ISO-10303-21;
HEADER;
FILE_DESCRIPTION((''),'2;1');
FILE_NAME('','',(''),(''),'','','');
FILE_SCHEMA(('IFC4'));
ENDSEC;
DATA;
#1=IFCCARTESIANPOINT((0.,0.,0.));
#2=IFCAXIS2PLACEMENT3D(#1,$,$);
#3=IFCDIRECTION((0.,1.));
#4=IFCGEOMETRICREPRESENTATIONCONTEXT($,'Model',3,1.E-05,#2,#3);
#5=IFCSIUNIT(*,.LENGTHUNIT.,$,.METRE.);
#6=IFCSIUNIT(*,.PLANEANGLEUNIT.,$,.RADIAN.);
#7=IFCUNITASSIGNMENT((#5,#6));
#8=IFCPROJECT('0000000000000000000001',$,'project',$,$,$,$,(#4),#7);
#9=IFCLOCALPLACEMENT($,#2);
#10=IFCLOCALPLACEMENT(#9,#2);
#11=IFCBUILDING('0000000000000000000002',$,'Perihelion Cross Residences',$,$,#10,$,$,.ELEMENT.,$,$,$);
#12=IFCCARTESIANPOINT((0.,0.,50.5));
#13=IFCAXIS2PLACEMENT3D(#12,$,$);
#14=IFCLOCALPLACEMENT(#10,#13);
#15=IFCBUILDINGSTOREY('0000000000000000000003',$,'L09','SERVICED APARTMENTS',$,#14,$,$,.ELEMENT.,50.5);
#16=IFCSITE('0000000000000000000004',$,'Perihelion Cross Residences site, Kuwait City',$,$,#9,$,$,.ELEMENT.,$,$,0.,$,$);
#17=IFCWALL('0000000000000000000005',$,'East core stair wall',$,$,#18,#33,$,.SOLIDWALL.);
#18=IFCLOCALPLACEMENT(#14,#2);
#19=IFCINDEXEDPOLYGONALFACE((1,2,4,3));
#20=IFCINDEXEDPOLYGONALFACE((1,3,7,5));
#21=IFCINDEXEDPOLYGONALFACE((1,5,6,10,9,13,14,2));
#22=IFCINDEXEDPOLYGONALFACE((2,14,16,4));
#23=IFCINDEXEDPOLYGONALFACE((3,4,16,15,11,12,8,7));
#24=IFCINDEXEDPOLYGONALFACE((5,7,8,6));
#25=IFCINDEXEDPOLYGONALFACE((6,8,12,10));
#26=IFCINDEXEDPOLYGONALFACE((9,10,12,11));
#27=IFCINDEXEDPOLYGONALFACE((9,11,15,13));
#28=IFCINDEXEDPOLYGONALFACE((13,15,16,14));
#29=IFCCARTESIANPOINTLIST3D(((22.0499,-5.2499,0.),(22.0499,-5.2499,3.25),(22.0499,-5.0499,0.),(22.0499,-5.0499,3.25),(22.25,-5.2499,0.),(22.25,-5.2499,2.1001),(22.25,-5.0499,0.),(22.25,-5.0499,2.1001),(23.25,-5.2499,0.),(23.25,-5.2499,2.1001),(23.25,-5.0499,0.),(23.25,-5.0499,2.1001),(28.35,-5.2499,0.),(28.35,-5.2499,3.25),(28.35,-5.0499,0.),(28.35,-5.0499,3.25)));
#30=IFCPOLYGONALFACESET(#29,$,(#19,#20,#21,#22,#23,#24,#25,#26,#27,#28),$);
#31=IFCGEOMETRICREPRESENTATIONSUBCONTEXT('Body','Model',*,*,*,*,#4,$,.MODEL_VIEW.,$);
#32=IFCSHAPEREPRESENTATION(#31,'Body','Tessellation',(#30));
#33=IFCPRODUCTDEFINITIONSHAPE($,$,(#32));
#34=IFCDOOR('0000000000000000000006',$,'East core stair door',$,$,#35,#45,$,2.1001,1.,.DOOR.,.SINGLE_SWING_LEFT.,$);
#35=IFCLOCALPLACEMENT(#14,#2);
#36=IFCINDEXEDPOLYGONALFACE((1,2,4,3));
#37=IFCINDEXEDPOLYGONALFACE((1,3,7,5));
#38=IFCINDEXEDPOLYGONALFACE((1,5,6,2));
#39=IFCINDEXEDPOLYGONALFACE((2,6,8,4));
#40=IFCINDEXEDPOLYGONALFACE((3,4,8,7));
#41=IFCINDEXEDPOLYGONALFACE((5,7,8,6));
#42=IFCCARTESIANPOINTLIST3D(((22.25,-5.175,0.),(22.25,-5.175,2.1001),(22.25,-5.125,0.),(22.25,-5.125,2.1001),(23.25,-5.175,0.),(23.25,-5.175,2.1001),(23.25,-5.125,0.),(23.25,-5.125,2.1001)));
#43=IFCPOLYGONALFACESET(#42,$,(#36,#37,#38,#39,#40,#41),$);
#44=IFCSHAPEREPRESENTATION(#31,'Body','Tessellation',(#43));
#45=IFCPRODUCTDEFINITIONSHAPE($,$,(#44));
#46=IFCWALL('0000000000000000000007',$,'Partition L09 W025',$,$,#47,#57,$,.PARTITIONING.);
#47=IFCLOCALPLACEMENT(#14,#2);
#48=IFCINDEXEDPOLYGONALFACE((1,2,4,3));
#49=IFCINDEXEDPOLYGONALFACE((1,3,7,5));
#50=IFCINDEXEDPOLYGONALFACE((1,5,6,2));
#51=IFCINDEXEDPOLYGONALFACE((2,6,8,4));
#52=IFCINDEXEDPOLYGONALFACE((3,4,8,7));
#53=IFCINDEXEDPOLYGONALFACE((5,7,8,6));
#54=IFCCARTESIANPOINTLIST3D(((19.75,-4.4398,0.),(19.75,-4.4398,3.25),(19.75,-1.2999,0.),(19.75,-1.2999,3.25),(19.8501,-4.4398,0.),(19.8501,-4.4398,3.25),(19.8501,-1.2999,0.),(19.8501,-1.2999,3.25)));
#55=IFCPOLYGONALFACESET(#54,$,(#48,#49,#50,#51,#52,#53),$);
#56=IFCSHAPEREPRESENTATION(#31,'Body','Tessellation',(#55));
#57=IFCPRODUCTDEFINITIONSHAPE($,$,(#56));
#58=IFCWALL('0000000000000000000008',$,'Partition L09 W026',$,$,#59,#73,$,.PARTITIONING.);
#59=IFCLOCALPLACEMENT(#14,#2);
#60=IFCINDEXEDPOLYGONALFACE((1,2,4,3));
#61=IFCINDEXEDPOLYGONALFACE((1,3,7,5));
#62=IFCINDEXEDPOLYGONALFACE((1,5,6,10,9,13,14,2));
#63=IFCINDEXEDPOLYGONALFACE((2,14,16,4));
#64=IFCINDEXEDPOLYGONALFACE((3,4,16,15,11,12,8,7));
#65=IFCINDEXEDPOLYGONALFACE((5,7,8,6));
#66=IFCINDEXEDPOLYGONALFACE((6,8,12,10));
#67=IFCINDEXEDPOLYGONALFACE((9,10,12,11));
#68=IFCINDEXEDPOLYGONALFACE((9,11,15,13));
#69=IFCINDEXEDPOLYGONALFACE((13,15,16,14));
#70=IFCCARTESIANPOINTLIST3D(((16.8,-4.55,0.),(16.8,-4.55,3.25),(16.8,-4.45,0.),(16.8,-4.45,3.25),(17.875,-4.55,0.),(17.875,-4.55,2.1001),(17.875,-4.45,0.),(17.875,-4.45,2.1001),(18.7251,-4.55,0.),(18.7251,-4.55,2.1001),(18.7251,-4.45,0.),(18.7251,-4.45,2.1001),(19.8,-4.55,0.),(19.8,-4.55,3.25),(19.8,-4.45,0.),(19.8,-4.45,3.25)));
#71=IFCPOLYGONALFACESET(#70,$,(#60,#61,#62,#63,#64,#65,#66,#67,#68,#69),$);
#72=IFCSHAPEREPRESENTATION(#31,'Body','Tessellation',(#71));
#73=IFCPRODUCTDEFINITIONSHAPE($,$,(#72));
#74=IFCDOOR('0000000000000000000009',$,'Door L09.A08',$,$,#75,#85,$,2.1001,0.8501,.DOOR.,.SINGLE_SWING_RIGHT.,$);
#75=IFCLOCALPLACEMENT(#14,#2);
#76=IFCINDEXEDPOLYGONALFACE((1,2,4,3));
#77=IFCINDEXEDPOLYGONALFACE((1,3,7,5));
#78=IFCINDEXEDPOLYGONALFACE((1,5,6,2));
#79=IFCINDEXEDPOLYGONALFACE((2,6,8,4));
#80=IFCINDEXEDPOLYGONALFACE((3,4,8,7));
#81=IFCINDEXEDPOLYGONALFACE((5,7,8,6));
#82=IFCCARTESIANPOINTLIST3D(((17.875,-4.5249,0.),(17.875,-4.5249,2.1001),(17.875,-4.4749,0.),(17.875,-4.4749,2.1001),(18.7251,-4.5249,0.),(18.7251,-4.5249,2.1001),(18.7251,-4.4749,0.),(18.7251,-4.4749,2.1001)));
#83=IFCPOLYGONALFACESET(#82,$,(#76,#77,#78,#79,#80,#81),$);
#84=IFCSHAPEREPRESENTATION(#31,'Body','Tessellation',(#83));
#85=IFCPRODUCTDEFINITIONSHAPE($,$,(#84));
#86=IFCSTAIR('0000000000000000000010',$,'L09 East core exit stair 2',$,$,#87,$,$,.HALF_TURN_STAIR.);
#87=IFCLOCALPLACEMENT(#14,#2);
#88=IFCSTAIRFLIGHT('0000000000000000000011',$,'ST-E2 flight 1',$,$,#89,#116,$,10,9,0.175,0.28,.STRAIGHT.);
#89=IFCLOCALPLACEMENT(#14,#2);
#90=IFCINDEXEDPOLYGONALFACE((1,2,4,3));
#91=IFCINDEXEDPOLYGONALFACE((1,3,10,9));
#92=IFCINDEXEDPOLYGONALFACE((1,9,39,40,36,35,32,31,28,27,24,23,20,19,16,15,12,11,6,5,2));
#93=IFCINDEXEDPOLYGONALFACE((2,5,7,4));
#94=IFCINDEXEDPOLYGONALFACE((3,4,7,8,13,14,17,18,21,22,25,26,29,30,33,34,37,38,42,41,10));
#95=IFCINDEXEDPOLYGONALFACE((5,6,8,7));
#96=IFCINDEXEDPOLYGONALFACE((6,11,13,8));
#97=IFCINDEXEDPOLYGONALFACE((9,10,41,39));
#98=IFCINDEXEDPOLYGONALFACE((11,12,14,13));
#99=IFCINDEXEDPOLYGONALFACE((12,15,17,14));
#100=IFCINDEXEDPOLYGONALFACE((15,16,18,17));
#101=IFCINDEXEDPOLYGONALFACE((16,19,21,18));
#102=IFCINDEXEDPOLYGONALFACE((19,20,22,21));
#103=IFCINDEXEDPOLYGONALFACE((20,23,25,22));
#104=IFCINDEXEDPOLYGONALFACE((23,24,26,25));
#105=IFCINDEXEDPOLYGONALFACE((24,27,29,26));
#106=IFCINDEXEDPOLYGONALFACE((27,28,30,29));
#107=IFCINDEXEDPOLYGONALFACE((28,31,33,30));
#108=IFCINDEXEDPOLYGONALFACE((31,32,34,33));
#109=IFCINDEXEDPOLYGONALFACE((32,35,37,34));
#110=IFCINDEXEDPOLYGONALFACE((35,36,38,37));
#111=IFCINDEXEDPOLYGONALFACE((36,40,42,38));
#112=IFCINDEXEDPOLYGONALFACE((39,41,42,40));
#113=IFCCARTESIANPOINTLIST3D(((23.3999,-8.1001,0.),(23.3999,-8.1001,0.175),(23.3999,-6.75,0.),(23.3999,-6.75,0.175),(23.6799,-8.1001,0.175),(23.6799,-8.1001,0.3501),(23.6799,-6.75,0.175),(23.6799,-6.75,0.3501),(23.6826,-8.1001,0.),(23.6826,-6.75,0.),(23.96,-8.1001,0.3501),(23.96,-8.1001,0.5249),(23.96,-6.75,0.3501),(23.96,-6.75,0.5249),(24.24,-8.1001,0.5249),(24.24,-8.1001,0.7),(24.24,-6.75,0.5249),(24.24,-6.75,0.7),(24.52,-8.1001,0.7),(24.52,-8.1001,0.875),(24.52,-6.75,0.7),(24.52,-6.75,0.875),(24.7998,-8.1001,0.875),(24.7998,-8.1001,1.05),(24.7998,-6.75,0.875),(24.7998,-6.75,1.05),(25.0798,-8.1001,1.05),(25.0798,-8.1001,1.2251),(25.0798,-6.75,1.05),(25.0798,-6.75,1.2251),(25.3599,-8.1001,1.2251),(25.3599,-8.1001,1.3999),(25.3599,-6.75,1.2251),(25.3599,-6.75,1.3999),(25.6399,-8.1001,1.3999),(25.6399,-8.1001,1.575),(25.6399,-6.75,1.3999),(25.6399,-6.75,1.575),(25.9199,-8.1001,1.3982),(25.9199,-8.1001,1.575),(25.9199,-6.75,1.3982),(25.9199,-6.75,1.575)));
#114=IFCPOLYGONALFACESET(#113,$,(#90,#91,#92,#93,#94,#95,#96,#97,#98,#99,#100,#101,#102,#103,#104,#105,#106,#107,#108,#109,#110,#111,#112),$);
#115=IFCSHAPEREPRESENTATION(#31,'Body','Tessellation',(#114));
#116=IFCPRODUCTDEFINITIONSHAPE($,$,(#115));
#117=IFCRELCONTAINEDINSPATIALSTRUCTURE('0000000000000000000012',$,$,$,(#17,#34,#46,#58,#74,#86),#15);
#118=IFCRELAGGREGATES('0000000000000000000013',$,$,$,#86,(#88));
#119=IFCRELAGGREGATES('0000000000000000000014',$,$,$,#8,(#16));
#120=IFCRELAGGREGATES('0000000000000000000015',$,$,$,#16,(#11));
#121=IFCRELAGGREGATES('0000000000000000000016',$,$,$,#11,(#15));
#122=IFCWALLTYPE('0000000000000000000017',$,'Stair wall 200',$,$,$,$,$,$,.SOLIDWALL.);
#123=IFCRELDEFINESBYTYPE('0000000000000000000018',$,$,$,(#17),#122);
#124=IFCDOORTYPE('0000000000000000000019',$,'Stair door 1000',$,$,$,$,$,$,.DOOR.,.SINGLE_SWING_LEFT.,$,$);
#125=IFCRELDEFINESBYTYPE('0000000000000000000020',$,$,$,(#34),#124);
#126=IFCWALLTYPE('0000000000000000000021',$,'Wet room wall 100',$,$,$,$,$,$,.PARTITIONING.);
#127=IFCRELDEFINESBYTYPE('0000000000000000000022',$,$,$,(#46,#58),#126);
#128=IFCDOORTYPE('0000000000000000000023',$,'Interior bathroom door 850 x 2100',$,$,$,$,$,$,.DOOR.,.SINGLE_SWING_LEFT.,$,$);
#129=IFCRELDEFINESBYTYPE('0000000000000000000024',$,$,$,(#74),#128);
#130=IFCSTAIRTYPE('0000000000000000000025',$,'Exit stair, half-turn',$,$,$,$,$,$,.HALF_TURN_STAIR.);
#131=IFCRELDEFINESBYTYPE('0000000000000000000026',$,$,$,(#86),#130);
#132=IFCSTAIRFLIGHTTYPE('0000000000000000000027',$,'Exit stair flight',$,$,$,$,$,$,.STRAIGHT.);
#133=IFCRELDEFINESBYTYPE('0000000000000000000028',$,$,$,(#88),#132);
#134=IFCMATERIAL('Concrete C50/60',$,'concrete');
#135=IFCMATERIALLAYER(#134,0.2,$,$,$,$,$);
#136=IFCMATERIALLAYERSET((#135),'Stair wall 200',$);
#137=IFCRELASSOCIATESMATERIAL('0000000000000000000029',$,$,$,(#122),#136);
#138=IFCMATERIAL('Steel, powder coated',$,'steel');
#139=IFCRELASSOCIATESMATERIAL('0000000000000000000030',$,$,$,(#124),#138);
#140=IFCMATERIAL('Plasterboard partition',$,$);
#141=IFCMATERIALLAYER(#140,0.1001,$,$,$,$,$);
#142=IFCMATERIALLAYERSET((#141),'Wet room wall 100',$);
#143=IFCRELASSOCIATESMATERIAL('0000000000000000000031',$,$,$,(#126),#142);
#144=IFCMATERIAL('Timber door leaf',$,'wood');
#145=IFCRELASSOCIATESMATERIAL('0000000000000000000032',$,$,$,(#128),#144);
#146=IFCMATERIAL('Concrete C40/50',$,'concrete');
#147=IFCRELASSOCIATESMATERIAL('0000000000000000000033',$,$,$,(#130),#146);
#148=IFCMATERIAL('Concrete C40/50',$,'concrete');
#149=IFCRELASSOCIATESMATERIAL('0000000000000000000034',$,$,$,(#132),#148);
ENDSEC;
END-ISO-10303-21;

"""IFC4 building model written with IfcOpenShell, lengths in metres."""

from ifc_helpers import new_model, si_unit, direction, frame, frame_2d, origin, place, context, subcontext, project, spatial, polyline, rectangle, outline, extrude, material, layer, layer_set, type_object, element, fill, aggregate, save


model = new_model("IFC4")

# Units and contexts
model_context = context("Model", 3, precision=1e-05, world=origin(), true_north=direction((0.0, 1.0)))
body_context = subcontext(model_context, "Body", "Model", "MODEL_VIEW")
ifc_project = project(units=[si_unit("LENGTHUNIT", "METRE"), si_unit("PLANEANGLEUNIT", "RADIAN")], contexts=[model_context])

# Site, building, storey
site_placement = place(None, origin())
site = spatial("IfcSite", under=ifc_project, at=site_placement, Name="Perihelion Cross Residences site, Kuwait City", CompositionType="ELEMENT", RefElevation=0.0)
building_placement = place(site_placement, origin())
building = spatial("IfcBuilding", under=site, at=building_placement, Name="Perihelion Cross Residences", CompositionType="ELEMENT")
storey_placement = place(building_placement, frame((0.0, 0.0, 50.5)))
storey = spatial("IfcBuildingStorey", under=building, at=storey_placement, Name="L09", Description="SERVICED APARTMENTS", CompositionType="ELEMENT", Elevation=50.5)

# Wall, opening, door
ifc_material_1 = material(Name="Concrete C50/60", Category="concrete")
ifc_layer_1 = layer(ifc_material_1, 0.2)
ifc_layer_set_1 = layer_set([ifc_layer_1], Name="Stair wall 200")
wall_type_1 = type_object("IfcWallType", Name="Stair wall 200", PredefinedType="SOLIDWALL", material=ifc_layer_set_1)
wall_1_placement = place(storey_placement, frame((22.05, -5.1499, 0.0), z_axis=(0.0, 0.0, 1.0), x_axis=(1.0, 0.0, 0.0)))
wall_1 = element("IfcWall", 1, at=wall_1_placement, inside=storey, type_object=wall_type_1, Name="East core stair wall", PredefinedType="SOLIDWALL", context=body_context, shape_type="SweptSolid", body=[
    extrude(rectangle(XDim=6.3, YDim=0.2, at=frame_2d((3.1499, 0.0))), origin(), (0.0, 0.0, 1.0), 3.25),
])
opening_1_placement = place(wall_1_placement, frame((0.2, 0.0, 0.0)))
opening_1 = element("IfcOpeningElement", 2, at=opening_1_placement, cuts=wall_1, PredefinedType="OPENING", context=body_context, shape_type="SweptSolid", body=[
    extrude(rectangle(XDim=1.0, YDim=2.1001, at=frame_2d((0.5, 1.05))), frame((0.0, 0.1099, 0.0), z_axis=(0.0, -1.0, 0.0), x_axis=(1.0, 0.0, 0.0)), (0.0, 0.0, 1.0), 0.22),
])
ifc_material_2 = material(Name="Steel, powder coated", Category="steel")
door_type_1 = type_object("IfcDoorType", Name="Stair door 1000", OperationType="SINGLE_SWING_LEFT", PredefinedType="DOOR", material=ifc_material_2)
door_1_placement = place(opening_1_placement, origin())
door_1 = element("IfcDoor", 3, at=door_1_placement, inside=storey, type_object=door_type_1, Name="East core stair door", OperationType="SINGLE_SWING_LEFT", OverallHeight=2.1001, OverallWidth=1.0, PredefinedType="DOOR", context=body_context, shape_type="SweptSolid", body=[
    extrude(rectangle(XDim=1.0, YDim=2.1001, at=frame_2d((0.5, 1.05))), frame((0.0, 0.0249, 0.0), z_axis=(0.0, -1.0, 0.0), x_axis=(1.0, 0.0, 0.0)), (0.0, 0.0, 1.0), 0.05),
])
fill(opening_1, door_1)

# Wall
ifc_material_3 = material(Name="Plasterboard partition")
ifc_layer_2 = layer(ifc_material_3, 0.1001)
ifc_layer_set_2 = layer_set([ifc_layer_2], Name="Wet room wall 100")
wall_type_2 = type_object("IfcWallType", Name="Wet room wall 100", PredefinedType="PARTITIONING", material=ifc_layer_set_2)
wall_2_placement = place(storey_placement, frame((19.8, -1.3, 0.0), z_axis=(0.0, 0.0, 1.0), x_axis=(0.0, -1.0, 0.0)))
element("IfcWall", 4, at=wall_2_placement, inside=storey, type_object=wall_type_2, Name="Partition L09 W025", PredefinedType="PARTITIONING", context=body_context, shape_type="SweptSolid", body=[
    extrude(rectangle(XDim=3.1399, YDim=0.1001, at=frame_2d((1.5698, 0.0))), origin(), (0.0, 0.0, 1.0), 3.25),
])

# Wall, opening, door
wall_3_placement = place(storey_placement, frame((19.8, -4.5, 0.0), z_axis=(0.0, 0.0, 1.0), x_axis=(-1.0, 0.0, 0.0)))
wall_3 = element("IfcWall", 5, at=wall_3_placement, inside=storey, type_object=wall_type_2, Name="Partition L09 W026", PredefinedType="PARTITIONING", context=body_context, shape_type="SweptSolid", body=[
    extrude(rectangle(XDim=3.0, YDim=0.1001, at=frame_2d((1.5, 0.0))), origin(), (0.0, 0.0, 1.0), 3.25),
])
opening_2_placement = place(wall_3_placement, frame((1.075, 0.0, 0.0)))
opening_2 = element("IfcOpeningElement", 6, at=opening_2_placement, cuts=wall_3, PredefinedType="OPENING", context=body_context, shape_type="SweptSolid", body=[
    extrude(rectangle(XDim=0.8501, YDim=2.1001, at=frame_2d((0.425, 1.05))), frame((0.0, 0.0601, 0.0), z_axis=(0.0, -1.0, 0.0), x_axis=(1.0, 0.0, 0.0)), (0.0, 0.0, 1.0), 0.1201),
])
ifc_material_4 = material(Name="Timber door leaf", Category="wood")
door_type_2 = type_object("IfcDoorType", Name="Interior bathroom door 850 x 2100", OperationType="SINGLE_SWING_LEFT", PredefinedType="DOOR", material=ifc_material_4)
door_2_placement = place(opening_2_placement, origin())
door_2 = element("IfcDoor", 7, at=door_2_placement, inside=storey, type_object=door_type_2, Name="Door L09.A08", OperationType="SINGLE_SWING_RIGHT", OverallHeight=2.1001, OverallWidth=0.8501, PredefinedType="DOOR", context=body_context, shape_type="SweptSolid", body=[
    extrude(rectangle(XDim=0.8501, YDim=2.1001, at=frame_2d((0.425, 1.05))), frame((0.0, 0.0249, 0.0), z_axis=(0.0, -1.0, 0.0), x_axis=(1.0, 0.0, 0.0)), (0.0, 0.0, 1.0), 0.05),
])
fill(opening_2, door_2)

# Stair, stair flight
ifc_material_5 = material(Name="Concrete C40/50", Category="concrete")
stair_type = type_object("IfcStairType", Name="Exit stair, half-turn", PredefinedType="HALF_TURN_STAIR", material=ifc_material_5)
stair_placement = place(storey_placement, origin())
stair = element("IfcStair", 8, at=stair_placement, inside=storey, type_object=stair_type, Name="L09 East core exit stair 2", PredefinedType="HALF_TURN_STAIR")
ifc_material_6 = material(Name="Concrete C40/50", Category="concrete")
stair_flight_type = type_object("IfcStairFlightType", Name="Exit stair flight", PredefinedType="STRAIGHT", material=ifc_material_6)
stair_flight_placement = place(storey_placement, frame((23.3999, -7.425, 0.0), z_axis=(0.0, 0.0, 1.0), x_axis=(1.0, 0.0, 0.0)))
stair_flight = element("IfcStairFlight", 9, at=stair_flight_placement, type_object=stair_flight_type, Name="ST-E2 flight 1", NumberOfRisers=10, NumberOfTreads=9, PredefinedType="STRAIGHT", RiserHeight=0.175, TreadLength=0.28, context=body_context, shape_type="SweptSolid", body=[
    extrude(outline(polyline([(0.0, 0.0), (0.0, 0.175), (0.28, 0.175), (0.28, 0.3501), (0.5601, 0.3501), (0.5601, 0.5249), (0.8401, 0.5249), (0.8401, 0.7), (1.1201, 0.7), (1.1201, 0.875), (1.3999, 0.875), (1.3999, 1.05), (1.6799, 1.05), (1.6799, 1.2251), (1.96, 1.2251), (1.96, 1.3999), (2.24, 1.3999), (2.24, 1.575), (2.52, 1.575), (2.52, 1.75), (2.52, 1.3982), (0.2827, 0.0), (0.0, 0.0)])), frame((0.0, 0.675, 0.0), z_axis=(0.0, -1.0, 0.0), x_axis=(1.0, 0.0, 0.0)), (0.0, 0.0, 1.0), 1.3501),
])
aggregate(stair, [stair_flight])

save(model, "model.ifc")
